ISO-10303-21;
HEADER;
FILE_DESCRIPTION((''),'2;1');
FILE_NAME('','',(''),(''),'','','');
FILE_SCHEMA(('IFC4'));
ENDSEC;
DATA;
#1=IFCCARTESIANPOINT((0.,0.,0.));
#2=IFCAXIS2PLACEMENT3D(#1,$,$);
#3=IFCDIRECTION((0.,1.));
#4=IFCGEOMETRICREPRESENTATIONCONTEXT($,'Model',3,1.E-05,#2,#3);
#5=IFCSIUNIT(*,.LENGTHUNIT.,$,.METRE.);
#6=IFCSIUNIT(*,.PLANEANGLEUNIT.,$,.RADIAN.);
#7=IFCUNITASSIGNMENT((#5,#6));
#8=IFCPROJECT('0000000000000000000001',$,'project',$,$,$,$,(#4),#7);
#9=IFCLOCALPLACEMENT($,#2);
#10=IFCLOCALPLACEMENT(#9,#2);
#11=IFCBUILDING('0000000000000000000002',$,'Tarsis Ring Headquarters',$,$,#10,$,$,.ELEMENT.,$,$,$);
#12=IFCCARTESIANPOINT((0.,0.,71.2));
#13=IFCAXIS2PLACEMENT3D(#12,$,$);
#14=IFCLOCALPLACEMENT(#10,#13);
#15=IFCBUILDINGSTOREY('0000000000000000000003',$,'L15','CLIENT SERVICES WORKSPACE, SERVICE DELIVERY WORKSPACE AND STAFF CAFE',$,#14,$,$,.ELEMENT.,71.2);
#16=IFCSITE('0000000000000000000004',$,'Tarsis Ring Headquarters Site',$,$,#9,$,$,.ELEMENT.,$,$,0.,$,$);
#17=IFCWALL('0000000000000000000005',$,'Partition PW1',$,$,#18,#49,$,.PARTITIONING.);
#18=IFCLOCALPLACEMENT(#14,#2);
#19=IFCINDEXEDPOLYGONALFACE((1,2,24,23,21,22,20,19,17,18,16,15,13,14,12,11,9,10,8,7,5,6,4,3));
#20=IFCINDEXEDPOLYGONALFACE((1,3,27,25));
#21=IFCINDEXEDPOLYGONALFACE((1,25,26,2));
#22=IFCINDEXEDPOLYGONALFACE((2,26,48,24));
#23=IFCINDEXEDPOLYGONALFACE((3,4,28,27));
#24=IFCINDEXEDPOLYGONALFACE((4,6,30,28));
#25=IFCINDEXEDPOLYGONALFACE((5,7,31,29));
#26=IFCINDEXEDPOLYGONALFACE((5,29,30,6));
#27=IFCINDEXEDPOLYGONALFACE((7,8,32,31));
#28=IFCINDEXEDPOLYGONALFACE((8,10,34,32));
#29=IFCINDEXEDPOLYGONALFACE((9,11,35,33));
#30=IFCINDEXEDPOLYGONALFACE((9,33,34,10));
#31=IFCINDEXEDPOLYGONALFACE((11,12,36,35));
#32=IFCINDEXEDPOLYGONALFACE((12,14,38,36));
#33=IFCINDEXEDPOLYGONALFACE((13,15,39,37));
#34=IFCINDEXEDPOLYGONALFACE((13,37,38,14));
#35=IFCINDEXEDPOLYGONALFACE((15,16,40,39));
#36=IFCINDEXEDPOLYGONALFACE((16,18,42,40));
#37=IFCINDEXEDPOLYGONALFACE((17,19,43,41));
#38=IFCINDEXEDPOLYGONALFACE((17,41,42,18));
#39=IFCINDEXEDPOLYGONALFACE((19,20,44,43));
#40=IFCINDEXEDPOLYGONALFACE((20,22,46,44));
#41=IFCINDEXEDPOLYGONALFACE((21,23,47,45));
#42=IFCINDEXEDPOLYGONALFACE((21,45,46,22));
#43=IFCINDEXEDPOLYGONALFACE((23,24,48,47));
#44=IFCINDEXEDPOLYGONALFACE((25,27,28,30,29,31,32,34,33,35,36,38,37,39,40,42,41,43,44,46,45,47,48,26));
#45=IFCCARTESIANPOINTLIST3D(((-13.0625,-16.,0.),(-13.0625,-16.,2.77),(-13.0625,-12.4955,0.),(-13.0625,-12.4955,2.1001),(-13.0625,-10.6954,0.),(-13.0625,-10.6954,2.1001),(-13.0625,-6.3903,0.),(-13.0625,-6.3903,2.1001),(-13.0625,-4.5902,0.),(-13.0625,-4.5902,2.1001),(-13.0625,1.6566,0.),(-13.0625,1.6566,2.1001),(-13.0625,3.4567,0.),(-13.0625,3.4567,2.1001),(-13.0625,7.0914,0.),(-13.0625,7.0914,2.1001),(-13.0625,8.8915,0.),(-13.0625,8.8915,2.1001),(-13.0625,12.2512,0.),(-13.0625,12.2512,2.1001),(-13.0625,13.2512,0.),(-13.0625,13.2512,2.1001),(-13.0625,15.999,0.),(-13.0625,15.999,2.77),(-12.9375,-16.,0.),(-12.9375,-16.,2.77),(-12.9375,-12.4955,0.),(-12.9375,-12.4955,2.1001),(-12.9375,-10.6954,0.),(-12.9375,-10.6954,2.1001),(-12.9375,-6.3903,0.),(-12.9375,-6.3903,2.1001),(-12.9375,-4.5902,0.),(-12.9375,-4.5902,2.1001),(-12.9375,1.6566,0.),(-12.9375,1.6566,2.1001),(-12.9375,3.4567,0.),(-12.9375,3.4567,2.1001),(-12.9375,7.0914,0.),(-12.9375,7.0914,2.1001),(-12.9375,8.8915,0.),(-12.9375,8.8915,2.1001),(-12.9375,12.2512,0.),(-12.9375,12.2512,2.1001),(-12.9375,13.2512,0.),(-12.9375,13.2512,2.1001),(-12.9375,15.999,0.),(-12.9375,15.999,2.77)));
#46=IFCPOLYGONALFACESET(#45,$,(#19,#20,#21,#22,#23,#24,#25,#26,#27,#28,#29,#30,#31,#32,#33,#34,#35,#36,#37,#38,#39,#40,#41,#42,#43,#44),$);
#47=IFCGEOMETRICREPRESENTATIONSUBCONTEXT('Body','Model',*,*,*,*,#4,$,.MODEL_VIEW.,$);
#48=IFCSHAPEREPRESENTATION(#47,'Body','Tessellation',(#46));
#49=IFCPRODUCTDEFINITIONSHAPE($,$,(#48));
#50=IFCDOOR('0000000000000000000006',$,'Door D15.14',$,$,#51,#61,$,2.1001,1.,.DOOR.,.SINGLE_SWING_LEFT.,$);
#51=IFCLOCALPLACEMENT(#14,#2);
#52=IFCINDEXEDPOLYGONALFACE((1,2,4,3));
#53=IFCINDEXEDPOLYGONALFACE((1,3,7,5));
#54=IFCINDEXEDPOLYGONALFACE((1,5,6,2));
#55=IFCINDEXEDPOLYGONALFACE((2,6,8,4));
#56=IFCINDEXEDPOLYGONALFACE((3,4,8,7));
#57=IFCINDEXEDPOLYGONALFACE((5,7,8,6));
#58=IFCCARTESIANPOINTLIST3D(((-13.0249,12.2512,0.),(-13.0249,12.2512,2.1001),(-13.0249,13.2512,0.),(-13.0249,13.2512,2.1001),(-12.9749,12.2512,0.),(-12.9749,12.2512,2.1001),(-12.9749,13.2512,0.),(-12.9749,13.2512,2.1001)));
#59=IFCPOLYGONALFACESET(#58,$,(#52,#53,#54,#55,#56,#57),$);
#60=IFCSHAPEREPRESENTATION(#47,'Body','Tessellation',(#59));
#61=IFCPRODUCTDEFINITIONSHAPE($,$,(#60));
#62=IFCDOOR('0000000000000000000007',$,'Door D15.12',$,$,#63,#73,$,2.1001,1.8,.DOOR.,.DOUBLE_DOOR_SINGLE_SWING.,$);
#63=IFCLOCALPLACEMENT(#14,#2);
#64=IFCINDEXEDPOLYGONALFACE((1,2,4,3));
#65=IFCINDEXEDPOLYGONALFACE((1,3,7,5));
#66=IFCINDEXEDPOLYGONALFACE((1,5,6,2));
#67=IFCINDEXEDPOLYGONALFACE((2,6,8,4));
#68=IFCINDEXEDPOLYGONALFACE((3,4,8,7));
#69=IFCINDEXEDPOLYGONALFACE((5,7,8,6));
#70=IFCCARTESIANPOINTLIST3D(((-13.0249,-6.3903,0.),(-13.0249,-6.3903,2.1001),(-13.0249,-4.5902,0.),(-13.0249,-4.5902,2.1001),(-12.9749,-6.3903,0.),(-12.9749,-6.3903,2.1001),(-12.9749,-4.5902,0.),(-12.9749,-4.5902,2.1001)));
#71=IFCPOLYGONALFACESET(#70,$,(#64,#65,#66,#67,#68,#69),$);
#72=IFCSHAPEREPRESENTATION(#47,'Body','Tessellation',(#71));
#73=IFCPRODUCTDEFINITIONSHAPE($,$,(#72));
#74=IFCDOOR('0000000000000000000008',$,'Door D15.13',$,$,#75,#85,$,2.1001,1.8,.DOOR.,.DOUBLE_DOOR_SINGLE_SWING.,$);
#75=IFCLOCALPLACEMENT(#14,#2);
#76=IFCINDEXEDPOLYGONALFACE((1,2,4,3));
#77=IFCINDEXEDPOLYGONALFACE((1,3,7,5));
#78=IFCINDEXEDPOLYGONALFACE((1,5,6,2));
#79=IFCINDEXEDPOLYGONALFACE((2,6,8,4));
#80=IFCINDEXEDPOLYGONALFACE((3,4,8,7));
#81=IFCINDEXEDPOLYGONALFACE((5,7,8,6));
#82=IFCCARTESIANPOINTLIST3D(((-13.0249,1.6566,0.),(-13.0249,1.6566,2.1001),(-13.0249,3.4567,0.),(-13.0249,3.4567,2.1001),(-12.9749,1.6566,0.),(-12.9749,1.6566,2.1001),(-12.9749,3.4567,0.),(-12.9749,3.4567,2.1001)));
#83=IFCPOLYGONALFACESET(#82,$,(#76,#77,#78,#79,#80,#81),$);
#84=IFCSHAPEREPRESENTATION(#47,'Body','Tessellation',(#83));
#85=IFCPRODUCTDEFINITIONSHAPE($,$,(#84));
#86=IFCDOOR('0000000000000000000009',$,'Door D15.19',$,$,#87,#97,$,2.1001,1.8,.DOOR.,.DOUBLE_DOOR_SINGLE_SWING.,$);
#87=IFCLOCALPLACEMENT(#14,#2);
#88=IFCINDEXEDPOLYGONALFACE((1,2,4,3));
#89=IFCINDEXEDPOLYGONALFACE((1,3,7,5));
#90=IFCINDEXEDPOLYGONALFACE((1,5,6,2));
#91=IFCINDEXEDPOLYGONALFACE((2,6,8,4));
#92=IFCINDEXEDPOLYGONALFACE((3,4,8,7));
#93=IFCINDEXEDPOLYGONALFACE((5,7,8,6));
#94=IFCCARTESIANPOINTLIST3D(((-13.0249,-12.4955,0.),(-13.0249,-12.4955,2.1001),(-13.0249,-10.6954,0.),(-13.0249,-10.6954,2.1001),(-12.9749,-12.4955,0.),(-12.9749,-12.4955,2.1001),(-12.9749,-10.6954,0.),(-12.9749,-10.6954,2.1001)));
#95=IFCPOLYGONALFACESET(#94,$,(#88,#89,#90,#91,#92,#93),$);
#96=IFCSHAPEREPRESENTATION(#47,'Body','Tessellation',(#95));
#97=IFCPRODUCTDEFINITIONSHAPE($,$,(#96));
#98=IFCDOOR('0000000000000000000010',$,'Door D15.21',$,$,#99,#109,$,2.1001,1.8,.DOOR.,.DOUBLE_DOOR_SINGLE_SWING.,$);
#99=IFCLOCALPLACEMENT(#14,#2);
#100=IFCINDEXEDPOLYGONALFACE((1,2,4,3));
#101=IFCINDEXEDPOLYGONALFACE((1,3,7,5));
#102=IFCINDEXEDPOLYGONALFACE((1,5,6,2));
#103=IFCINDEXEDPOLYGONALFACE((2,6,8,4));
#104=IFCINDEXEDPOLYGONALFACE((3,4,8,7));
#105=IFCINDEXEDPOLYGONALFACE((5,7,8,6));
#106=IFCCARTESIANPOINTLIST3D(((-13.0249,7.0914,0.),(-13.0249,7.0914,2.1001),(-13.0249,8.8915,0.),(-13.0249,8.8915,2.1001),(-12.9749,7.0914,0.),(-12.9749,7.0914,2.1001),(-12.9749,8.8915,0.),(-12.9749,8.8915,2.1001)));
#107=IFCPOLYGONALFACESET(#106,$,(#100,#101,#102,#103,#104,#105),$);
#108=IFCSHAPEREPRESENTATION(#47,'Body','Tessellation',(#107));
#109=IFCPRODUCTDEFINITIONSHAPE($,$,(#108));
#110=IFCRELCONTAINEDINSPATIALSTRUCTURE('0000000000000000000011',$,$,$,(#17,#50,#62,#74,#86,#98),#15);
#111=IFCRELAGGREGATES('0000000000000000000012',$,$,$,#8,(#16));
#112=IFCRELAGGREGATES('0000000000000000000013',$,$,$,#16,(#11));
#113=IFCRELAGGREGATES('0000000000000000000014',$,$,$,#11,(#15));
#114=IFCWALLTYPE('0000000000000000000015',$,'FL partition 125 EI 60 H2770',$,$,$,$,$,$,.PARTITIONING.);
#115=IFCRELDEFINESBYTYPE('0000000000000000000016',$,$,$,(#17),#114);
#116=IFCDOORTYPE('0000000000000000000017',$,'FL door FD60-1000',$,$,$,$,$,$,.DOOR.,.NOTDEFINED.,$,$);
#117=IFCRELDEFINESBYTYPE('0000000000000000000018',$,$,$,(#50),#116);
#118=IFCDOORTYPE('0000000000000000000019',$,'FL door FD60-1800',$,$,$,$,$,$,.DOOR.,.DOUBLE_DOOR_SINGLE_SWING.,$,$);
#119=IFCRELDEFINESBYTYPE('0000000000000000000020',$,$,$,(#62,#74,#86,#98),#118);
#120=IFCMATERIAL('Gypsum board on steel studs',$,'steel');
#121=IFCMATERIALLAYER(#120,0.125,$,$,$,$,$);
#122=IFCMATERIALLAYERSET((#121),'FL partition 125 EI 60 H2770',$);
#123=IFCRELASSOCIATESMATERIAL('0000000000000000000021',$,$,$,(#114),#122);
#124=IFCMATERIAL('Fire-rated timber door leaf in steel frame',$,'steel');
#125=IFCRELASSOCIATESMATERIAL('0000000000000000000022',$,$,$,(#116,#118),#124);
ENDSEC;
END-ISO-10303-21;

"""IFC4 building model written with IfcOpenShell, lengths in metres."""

from ifc_helpers import new_model, si_unit, direction, frame, frame_2d, origin, place, context, subcontext, project, spatial, rectangle, extrude, material, layer, layer_set, type_object, element, fill, save


model = new_model("IFC4")

# Units and contexts
model_context = context("Model", 3, precision=1e-05, world=origin(), true_north=direction((0.0, 1.0)))
body_context = subcontext(model_context, "Body", "Model", "MODEL_VIEW")
ifc_project = project(units=[si_unit("LENGTHUNIT", "METRE"), si_unit("PLANEANGLEUNIT", "RADIAN")], contexts=[model_context])

# Site, building, storey
site_placement = place(None, origin())
site = spatial("IfcSite", under=ifc_project, at=site_placement, Name="Tarsis Ring Headquarters Site", CompositionType="ELEMENT", RefElevation=0.0)
building_placement = place(site_placement, origin())
building = spatial("IfcBuilding", under=site, at=building_placement, Name="Tarsis Ring Headquarters", CompositionType="ELEMENT")
storey_placement = place(building_placement, frame((0.0, 0.0, 71.2)))
storey = spatial("IfcBuildingStorey", under=building, at=storey_placement, Name="L15", Description="CLIENT SERVICES WORKSPACE, SERVICE DELIVERY WORKSPACE AND STAFF CAFE", CompositionType="ELEMENT", Elevation=71.2)

# Shared definitions
ifc_material_1 = material(Name="Gypsum board on steel studs", Category="steel")

# Wall, openings, doors
ifc_layer_1 = layer(ifc_material_1, 0.125)
ifc_layer_set_1 = layer_set([ifc_layer_1], Name="FL partition 125 EI 60 H2770")
wall_type_1 = type_object("IfcWallType", Name="FL partition 125 EI 60 H2770", PredefinedType="PARTITIONING", material=ifc_layer_set_1)
wall_1_placement = place(storey_placement, frame((-13.0, -16.0, 0.0), z_axis=(0.0, 0.0, 1.0), x_axis=(0.0, 1.0, 0.0)))
wall_1 = element("IfcWall", 1, at=wall_1_placement, inside=storey, type_object=wall_type_1, Name="Partition PW1", PredefinedType="PARTITIONING", context=body_context, shape_type="SweptSolid", body=[
    extrude(rectangle(XDim=31.999, YDim=0.125, at=frame_2d((15.9995, 0.0))), origin(), (0.0, 0.0, 1.0), 2.77),
])
opening_1_placement = place(wall_1_placement, frame((9.6099, 0.0, 0.0)))
opening_1 = element("IfcOpeningElement", 2, at=opening_1_placement, cuts=wall_1, PredefinedType="OPENING", context=body_context, shape_type="SweptSolid", body=[
    extrude(rectangle(XDim=1.8, YDim=2.1001, at=frame_2d((0.8999, 1.05))), frame((0.0, 0.0725, 0.0), z_axis=(0.0, -1.0, 0.0), x_axis=(1.0, 0.0, 0.0)), (0.0, 0.0, 1.0), 0.145),
])
opening_2_placement = place(wall_1_placement, frame((17.6567, 0.0, 0.0)))
opening_2 = element("IfcOpeningElement", 3, at=opening_2_placement, cuts=wall_1, PredefinedType="OPENING", context=body_context, shape_type="SweptSolid", body=[
    extrude(rectangle(XDim=1.8, YDim=2.1001, at=frame_2d((0.8999, 1.05))), frame((0.0, 0.0725, 0.0), z_axis=(0.0, -1.0, 0.0), x_axis=(1.0, 0.0, 0.0)), (0.0, 0.0, 1.0), 0.145),
])
opening_3_placement = place(wall_1_placement, frame((28.2512, 0.0, 0.0)))
opening_3 = element("IfcOpeningElement", 4, at=opening_3_placement, cuts=wall_1, PredefinedType="OPENING", context=body_context, shape_type="SweptSolid", body=[
    extrude(rectangle(XDim=1.0, YDim=2.1001, at=frame_2d((0.5, 1.05))), frame((0.0, 0.0725, 0.0), z_axis=(0.0, -1.0, 0.0), x_axis=(1.0, 0.0, 0.0)), (0.0, 0.0, 1.0), 0.145),
])
opening_4_placement = place(wall_1_placement, frame((3.5046, 0.0, 0.0)))
opening_4 = element("IfcOpeningElement", 5, at=opening_4_placement, cuts=wall_1, PredefinedType="OPENING", context=body_context, shape_type="SweptSolid", body=[
    extrude(rectangle(XDim=1.8, YDim=2.1001, at=frame_2d((0.8999, 1.05))), frame((0.0, 0.0725, 0.0), z_axis=(0.0, -1.0, 0.0), x_axis=(1.0, 0.0, 0.0)), (0.0, 0.0, 1.0), 0.145),
])
opening_5_placement = place(wall_1_placement, frame((23.0916, 0.0, 0.0)))
opening_5 = element("IfcOpeningElement", 6, at=opening_5_placement, cuts=wall_1, PredefinedType="OPENING", context=body_context, shape_type="SweptSolid", body=[
    extrude(rectangle(XDim=1.8, YDim=2.1001, at=frame_2d((0.8999, 1.05))), frame((0.0, 0.0725, 0.0), z_axis=(0.0, -1.0, 0.0), x_axis=(1.0, 0.0, 0.0)), (0.0, 0.0, 1.0), 0.145),
])
ifc_material_2 = material(Name="Fire-rated timber door leaf in steel frame", Category="steel")
door_type_1 = type_object("IfcDoorType", Name="FL door FD60-1000", OperationType="NOTDEFINED", PredefinedType="DOOR", material=ifc_material_2)
door_1_placement = place(opening_3_placement, origin())
door_1 = element("IfcDoor", 7, at=door_1_placement, inside=storey, type_object=door_type_1, Name="Door D15.14", OperationType="SINGLE_SWING_LEFT", OverallHeight=2.1001, OverallWidth=1.0, PredefinedType="DOOR", context=body_context, shape_type="SweptSolid", body=[
    extrude(rectangle(XDim=1.0, YDim=2.1001, at=frame_2d((0.5, 1.05))), frame((0.0, 0.0249, 0.0), z_axis=(0.0, -1.0, 0.0), x_axis=(1.0, 0.0, 0.0)), (0.0, 0.0, 1.0), 0.05),
])
fill(opening_3, door_1)
door_type_2 = type_object("IfcDoorType", Name="FL door FD60-1800", OperationType="DOUBLE_DOOR_SINGLE_SWING", PredefinedType="DOOR", material=ifc_material_2)
door_2_placement = place(opening_1_placement, origin())
door_2 = element("IfcDoor", 8, at=door_2_placement, inside=storey, type_object=door_type_2, Name="Door D15.12", OperationType="DOUBLE_DOOR_SINGLE_SWING", OverallHeight=2.1001, OverallWidth=1.8, PredefinedType="DOOR", context=body_context, shape_type="SweptSolid", body=[
    extrude(rectangle(XDim=1.8, YDim=2.1001, at=frame_2d((0.8999, 1.05))), frame((0.0, 0.0249, 0.0), z_axis=(0.0, -1.0, 0.0), x_axis=(1.0, 0.0, 0.0)), (0.0, 0.0, 1.0), 0.05),
])
fill(opening_1, door_2)
door_3_placement = place(opening_2_placement, origin())
door_3 = element("IfcDoor", 9, at=door_3_placement, inside=storey, type_object=door_type_2, Name="Door D15.13", OperationType="DOUBLE_DOOR_SINGLE_SWING", OverallHeight=2.1001, OverallWidth=1.8, PredefinedType="DOOR", context=body_context, shape_type="SweptSolid", body=[
    extrude(rectangle(XDim=1.8, YDim=2.1001, at=frame_2d((0.8999, 1.05))), frame((0.0, 0.0249, 0.0), z_axis=(0.0, -1.0, 0.0), x_axis=(1.0, 0.0, 0.0)), (0.0, 0.0, 1.0), 0.05),
])
fill(opening_2, door_3)
door_4_placement = place(opening_4_placement, origin())
door_4 = element("IfcDoor", 10, at=door_4_placement, inside=storey, type_object=door_type_2, Name="Door D15.19", OperationType="DOUBLE_DOOR_SINGLE_SWING", OverallHeight=2.1001, OverallWidth=1.8, PredefinedType="DOOR", context=body_context, shape_type="SweptSolid", body=[
    extrude(rectangle(XDim=1.8, YDim=2.1001, at=frame_2d((0.8999, 1.05))), frame((0.0, 0.0249, 0.0), z_axis=(0.0, -1.0, 0.0), x_axis=(1.0, 0.0, 0.0)), (0.0, 0.0, 1.0), 0.05),
])
fill(opening_4, door_4)
door_5_placement = place(opening_5_placement, origin())
door_5 = element("IfcDoor", 11, at=door_5_placement, inside=storey, type_object=door_type_2, Name="Door D15.21", OperationType="DOUBLE_DOOR_SINGLE_SWING", OverallHeight=2.1001, OverallWidth=1.8, PredefinedType="DOOR", context=body_context, shape_type="SweptSolid", body=[
    extrude(rectangle(XDim=1.8, YDim=2.1001, at=frame_2d((0.8999, 1.05))), frame((0.0, 0.0249, 0.0), z_axis=(0.0, -1.0, 0.0), x_axis=(1.0, 0.0, 0.0)), (0.0, 0.0, 1.0), 0.05),
])
fill(opening_5, door_5)

save(model, "model.ifc")
